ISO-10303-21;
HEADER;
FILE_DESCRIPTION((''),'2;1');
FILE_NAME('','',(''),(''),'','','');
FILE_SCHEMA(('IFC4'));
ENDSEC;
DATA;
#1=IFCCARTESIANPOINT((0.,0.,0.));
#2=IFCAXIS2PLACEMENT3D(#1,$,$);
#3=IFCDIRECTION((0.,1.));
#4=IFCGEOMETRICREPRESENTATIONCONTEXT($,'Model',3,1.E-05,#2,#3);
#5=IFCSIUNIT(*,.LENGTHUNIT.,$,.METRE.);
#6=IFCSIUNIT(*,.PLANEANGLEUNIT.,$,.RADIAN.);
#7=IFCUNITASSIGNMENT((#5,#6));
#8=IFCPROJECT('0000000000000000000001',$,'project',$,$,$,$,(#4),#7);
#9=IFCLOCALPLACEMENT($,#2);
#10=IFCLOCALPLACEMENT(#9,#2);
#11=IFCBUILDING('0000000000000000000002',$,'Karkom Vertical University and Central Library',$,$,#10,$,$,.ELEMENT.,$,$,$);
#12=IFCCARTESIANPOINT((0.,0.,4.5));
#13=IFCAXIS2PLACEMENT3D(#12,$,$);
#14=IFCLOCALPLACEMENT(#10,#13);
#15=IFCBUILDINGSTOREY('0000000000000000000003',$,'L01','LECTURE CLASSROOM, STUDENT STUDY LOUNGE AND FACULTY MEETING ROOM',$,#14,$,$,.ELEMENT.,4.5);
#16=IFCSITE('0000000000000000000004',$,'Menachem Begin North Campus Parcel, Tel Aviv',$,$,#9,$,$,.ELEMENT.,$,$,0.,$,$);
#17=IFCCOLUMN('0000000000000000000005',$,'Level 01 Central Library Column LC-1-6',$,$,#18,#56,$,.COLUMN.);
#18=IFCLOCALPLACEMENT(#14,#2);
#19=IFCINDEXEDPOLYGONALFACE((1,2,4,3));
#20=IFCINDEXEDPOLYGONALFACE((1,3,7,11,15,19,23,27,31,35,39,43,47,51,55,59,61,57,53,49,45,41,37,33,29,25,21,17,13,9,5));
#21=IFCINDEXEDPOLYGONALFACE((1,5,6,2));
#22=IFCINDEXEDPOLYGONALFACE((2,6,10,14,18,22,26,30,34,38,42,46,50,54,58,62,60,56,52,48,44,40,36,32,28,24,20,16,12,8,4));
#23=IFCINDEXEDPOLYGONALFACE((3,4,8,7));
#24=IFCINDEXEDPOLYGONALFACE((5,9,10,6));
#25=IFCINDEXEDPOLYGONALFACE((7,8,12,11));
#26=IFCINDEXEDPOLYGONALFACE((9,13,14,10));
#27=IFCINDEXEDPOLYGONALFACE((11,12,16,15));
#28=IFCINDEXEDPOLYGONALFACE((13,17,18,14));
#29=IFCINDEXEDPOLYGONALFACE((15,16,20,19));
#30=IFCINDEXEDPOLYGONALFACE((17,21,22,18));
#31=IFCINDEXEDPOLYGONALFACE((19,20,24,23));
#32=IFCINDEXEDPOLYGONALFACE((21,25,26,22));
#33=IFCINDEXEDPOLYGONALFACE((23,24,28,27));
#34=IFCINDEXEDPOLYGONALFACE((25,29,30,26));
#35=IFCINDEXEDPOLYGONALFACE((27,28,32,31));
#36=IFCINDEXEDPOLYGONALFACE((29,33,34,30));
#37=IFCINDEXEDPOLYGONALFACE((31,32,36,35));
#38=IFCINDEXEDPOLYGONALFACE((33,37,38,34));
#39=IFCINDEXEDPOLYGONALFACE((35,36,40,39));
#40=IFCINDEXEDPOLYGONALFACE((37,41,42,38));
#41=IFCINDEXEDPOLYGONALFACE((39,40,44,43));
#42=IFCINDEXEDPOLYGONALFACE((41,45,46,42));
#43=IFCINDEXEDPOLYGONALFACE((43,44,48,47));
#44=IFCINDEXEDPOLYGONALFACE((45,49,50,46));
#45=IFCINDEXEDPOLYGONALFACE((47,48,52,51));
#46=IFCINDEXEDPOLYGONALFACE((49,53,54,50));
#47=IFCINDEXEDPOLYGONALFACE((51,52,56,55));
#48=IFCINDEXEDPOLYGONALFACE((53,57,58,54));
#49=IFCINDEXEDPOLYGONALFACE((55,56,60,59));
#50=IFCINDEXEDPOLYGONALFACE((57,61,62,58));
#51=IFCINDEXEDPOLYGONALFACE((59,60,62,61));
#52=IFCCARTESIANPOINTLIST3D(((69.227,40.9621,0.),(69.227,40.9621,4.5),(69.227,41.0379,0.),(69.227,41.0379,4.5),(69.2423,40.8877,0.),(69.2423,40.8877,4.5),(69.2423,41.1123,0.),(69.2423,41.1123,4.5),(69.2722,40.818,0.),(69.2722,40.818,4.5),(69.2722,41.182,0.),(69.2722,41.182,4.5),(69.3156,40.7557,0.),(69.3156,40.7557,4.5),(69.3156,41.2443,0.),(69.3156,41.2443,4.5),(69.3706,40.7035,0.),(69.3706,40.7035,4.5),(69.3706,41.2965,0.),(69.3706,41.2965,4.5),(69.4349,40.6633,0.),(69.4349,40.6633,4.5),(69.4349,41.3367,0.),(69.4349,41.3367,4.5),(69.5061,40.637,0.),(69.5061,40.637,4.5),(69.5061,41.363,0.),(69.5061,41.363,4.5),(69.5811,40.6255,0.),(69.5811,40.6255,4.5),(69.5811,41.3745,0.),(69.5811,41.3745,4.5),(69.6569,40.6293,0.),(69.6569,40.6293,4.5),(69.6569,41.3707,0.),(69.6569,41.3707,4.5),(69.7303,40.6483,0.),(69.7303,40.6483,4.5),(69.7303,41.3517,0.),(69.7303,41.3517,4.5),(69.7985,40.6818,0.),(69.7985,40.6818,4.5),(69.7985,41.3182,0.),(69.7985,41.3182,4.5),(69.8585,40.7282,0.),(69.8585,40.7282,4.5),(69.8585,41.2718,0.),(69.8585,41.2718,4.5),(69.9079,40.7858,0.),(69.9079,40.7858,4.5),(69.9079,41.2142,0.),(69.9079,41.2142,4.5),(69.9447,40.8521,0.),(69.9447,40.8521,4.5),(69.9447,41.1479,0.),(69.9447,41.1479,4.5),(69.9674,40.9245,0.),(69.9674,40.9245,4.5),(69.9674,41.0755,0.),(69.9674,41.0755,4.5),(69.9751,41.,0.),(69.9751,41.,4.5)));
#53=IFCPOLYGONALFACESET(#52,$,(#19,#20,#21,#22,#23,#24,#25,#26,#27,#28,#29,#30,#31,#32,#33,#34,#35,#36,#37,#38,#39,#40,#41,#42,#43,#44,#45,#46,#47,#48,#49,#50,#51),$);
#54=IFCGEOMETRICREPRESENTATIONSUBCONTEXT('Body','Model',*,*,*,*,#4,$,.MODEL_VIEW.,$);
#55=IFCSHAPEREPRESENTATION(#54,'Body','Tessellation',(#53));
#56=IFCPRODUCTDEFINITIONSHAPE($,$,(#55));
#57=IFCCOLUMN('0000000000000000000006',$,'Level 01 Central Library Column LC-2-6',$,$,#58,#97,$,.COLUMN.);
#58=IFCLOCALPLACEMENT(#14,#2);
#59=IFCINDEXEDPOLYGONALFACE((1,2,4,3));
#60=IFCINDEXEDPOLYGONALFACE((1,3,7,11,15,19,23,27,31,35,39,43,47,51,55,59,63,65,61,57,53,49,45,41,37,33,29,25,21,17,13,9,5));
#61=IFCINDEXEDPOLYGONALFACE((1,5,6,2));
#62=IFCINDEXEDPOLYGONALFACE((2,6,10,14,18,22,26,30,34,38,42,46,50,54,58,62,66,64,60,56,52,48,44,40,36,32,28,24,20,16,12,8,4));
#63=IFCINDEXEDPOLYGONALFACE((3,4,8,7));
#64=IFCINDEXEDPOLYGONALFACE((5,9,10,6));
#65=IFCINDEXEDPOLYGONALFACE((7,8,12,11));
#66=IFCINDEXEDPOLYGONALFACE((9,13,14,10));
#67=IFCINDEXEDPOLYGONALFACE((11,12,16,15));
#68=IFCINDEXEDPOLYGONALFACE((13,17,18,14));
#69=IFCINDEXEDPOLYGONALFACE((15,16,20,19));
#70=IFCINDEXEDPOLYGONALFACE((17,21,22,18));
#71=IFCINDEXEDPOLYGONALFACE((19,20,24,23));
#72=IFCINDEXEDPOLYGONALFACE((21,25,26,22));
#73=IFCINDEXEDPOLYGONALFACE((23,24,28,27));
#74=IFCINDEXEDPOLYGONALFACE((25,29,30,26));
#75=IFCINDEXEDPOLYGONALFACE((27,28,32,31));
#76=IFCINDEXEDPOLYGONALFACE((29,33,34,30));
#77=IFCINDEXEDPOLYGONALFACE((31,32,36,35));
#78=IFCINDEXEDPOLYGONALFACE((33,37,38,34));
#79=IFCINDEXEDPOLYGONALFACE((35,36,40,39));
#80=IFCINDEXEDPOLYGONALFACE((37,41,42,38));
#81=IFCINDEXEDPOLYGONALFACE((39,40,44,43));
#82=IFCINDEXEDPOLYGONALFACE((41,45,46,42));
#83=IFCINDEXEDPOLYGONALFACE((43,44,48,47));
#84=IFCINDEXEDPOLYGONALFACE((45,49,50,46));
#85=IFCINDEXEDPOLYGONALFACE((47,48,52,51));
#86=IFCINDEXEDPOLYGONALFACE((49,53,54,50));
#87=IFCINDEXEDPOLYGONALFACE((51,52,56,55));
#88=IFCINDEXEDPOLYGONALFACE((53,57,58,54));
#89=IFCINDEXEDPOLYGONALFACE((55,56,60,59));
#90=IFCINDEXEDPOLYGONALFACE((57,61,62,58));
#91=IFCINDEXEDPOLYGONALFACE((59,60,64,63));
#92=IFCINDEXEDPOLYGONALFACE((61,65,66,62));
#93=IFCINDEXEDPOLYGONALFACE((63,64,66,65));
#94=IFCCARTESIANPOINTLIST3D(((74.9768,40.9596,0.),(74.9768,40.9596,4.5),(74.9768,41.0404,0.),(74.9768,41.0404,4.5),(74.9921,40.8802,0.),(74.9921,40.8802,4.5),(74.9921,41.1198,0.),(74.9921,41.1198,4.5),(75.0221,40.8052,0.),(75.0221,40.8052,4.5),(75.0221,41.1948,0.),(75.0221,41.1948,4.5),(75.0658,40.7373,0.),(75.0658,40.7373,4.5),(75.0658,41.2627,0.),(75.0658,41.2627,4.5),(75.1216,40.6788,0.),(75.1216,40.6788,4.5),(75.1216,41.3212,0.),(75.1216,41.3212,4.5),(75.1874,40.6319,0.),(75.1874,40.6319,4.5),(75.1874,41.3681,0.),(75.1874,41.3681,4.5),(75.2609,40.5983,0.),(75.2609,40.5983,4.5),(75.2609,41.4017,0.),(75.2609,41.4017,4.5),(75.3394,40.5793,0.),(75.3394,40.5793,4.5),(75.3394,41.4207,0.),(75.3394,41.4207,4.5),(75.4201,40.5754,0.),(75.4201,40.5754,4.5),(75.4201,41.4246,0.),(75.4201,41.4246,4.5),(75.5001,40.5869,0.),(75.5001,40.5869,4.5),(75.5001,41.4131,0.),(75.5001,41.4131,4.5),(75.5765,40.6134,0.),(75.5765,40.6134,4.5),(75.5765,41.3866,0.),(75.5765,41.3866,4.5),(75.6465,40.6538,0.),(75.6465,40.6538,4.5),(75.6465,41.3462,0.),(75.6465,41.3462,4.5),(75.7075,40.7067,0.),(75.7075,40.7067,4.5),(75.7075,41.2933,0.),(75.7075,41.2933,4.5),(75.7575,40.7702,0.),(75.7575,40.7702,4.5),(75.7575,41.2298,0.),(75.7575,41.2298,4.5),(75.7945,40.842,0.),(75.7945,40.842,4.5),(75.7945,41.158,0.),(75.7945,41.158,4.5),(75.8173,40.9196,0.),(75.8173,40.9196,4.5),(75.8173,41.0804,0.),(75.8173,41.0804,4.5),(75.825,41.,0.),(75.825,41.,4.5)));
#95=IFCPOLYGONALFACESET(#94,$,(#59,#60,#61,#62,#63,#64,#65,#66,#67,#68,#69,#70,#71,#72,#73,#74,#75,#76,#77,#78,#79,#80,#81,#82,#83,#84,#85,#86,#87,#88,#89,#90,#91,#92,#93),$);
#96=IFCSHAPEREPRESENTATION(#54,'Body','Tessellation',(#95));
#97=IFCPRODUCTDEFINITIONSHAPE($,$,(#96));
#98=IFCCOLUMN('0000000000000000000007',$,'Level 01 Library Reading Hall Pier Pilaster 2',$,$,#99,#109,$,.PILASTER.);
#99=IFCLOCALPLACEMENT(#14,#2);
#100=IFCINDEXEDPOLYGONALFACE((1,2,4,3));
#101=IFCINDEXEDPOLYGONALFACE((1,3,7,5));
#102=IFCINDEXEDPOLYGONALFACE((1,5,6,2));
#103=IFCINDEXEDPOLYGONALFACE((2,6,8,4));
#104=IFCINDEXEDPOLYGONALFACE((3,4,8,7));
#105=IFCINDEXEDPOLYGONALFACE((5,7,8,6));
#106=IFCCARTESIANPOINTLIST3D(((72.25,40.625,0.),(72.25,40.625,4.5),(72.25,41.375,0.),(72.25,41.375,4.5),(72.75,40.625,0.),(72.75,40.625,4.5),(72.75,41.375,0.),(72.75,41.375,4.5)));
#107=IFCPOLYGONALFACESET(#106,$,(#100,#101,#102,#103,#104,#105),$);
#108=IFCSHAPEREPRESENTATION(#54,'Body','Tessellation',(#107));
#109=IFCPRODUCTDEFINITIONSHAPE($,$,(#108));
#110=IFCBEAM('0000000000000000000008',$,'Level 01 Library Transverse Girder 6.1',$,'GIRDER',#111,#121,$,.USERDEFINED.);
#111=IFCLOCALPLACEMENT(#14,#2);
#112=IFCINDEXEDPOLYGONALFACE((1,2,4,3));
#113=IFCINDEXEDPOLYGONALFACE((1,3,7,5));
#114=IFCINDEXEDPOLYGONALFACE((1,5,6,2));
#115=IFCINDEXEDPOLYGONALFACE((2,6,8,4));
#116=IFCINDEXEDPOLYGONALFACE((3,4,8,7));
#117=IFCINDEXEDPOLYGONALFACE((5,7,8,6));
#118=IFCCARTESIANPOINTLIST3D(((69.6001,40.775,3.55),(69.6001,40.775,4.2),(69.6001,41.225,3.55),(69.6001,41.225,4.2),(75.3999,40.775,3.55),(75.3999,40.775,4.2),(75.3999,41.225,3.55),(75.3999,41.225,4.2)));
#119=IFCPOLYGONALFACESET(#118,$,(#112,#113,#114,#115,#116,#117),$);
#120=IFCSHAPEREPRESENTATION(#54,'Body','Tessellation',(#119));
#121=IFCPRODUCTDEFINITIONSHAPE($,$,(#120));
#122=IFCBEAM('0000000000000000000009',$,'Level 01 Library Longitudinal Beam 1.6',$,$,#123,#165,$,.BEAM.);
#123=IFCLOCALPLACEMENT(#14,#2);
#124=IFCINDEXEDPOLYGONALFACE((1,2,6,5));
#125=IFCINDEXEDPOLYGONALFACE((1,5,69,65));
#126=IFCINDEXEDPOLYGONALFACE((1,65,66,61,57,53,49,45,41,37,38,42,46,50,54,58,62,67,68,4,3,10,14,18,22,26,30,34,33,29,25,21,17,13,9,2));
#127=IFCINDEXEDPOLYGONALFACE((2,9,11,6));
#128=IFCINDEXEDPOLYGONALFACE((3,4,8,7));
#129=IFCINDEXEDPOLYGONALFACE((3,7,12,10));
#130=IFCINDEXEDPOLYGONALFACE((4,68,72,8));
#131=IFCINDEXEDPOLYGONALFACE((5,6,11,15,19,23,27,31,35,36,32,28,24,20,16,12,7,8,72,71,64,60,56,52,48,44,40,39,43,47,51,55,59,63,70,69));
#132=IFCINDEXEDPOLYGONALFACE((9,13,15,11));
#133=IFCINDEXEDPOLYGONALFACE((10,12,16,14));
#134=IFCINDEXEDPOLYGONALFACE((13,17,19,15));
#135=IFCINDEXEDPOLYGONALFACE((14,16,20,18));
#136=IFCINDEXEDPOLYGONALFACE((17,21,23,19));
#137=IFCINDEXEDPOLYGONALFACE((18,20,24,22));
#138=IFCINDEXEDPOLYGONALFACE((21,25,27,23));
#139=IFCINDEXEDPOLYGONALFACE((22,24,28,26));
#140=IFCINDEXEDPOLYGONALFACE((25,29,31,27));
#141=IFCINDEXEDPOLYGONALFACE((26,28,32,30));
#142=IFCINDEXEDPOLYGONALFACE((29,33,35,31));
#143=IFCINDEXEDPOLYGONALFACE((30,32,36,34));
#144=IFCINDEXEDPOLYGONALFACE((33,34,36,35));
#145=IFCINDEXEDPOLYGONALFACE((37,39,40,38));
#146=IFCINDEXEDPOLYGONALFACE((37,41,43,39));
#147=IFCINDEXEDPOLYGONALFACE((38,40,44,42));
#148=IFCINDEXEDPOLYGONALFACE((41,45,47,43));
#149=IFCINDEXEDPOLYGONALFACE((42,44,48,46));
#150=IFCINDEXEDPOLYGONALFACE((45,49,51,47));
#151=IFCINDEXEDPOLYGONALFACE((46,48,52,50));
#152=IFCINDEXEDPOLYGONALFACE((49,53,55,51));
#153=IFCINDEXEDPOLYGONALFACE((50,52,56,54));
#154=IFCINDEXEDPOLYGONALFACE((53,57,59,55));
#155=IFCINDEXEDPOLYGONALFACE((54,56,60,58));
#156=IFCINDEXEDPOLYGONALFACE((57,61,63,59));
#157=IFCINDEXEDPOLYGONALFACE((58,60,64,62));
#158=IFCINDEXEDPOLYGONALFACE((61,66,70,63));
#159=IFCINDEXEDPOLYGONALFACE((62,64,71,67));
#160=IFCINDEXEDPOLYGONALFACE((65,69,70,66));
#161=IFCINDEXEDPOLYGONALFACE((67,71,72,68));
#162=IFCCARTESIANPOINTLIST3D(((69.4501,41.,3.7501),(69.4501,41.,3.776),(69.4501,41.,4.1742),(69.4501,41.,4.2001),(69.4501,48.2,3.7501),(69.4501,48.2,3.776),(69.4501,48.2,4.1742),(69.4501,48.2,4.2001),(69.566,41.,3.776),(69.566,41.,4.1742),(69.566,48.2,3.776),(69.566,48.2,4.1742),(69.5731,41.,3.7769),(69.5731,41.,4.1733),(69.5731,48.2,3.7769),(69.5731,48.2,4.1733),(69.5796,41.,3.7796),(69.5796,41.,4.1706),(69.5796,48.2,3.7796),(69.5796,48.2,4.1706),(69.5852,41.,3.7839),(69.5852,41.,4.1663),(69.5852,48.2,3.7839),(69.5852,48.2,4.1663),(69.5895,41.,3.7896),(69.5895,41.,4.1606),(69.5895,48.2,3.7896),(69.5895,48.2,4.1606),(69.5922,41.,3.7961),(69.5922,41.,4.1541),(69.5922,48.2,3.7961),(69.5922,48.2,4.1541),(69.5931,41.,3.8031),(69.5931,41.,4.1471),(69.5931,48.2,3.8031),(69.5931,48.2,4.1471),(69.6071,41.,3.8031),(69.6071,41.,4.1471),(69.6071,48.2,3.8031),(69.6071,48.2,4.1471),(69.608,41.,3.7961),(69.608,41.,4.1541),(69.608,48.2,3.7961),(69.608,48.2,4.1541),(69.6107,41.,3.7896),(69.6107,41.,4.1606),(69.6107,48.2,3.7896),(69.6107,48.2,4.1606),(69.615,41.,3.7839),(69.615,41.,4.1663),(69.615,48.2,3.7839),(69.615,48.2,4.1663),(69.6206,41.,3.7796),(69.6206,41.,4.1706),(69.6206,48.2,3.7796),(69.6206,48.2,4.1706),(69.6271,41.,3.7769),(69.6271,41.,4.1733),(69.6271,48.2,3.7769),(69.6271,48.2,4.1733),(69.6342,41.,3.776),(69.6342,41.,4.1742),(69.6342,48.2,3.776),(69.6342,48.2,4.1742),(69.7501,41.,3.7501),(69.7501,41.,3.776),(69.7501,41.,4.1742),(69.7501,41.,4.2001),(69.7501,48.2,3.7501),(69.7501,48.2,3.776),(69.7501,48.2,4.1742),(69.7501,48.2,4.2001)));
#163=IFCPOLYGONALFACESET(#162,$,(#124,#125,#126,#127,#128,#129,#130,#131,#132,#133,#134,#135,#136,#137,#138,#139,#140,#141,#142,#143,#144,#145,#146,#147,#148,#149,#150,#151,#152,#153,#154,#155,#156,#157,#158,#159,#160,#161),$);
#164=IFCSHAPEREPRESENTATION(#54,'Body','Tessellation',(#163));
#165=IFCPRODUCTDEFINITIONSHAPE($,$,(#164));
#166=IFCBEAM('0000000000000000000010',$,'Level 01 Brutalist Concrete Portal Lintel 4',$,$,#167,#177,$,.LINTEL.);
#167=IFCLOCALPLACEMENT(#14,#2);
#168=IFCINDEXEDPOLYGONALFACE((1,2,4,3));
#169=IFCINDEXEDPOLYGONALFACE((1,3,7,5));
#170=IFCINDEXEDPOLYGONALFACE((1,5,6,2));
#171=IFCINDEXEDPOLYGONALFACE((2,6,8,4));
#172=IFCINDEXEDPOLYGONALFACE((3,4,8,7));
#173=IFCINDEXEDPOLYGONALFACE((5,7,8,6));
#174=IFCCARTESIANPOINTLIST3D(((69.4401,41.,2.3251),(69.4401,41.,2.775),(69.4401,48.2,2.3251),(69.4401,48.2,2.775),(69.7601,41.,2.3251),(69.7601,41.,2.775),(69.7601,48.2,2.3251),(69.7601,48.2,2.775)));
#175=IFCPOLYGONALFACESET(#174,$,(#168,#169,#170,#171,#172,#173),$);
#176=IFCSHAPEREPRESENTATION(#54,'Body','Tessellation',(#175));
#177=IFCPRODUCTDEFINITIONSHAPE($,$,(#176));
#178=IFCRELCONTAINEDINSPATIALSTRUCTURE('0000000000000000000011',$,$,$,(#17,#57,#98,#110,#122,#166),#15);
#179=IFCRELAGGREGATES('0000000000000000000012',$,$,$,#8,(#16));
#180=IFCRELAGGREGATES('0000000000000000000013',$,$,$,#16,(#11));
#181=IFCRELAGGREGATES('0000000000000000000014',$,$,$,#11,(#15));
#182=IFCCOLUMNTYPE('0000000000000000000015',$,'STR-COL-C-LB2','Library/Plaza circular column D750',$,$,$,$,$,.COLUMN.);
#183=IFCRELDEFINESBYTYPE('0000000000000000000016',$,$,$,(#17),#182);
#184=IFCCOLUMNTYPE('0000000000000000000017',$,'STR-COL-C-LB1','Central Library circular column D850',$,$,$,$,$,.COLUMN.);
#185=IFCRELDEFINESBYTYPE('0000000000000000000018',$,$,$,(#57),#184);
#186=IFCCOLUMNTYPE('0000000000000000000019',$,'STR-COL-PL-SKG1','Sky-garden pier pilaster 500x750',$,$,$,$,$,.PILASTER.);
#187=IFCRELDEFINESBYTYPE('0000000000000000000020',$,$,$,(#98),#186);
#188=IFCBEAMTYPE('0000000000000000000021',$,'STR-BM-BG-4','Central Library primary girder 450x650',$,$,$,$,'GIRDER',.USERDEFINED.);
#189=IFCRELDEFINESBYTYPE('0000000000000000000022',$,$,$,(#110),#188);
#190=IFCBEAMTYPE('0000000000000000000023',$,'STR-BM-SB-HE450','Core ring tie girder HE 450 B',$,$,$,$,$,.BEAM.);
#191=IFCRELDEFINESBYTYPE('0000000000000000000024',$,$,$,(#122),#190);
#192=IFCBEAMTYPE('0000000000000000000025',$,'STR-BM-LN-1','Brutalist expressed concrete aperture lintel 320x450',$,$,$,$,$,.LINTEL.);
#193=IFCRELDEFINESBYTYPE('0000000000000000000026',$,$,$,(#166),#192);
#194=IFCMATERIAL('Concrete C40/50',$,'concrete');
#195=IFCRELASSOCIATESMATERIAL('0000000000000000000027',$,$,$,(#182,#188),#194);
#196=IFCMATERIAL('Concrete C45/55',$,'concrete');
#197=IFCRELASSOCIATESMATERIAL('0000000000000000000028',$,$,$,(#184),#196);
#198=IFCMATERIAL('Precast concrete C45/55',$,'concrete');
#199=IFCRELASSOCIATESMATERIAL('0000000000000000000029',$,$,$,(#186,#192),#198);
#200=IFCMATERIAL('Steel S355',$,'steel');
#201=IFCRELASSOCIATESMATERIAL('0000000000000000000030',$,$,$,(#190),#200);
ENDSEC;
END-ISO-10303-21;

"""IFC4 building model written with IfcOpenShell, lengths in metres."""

from ifc_helpers import new_model, si_unit, direction, frame, origin, origin_with_axes, origin_2d, place, context, subcontext, project, spatial, rectangle, circle, i_section, extrude, source, transform, mapped, material, material_profile, profile_set, type_object, element, save


model = new_model("IFC4")

# Units and contexts
model_context = context("Model", 3, precision=1e-05, world=origin(), true_north=direction((0.0, 1.0)))
body_context = subcontext(model_context, "Body", "Model", "MODEL_VIEW")
ifc_project = project(units=[si_unit("LENGTHUNIT", "METRE"), si_unit("PLANEANGLEUNIT", "RADIAN")], contexts=[model_context])

# Site, building, storey
site_placement = place(None, origin())
site = spatial("IfcSite", under=ifc_project, at=site_placement, Name="Menachem Begin North Campus Parcel, Tel Aviv", CompositionType="ELEMENT", RefElevation=0.0)
building_placement = place(site_placement, origin())
building = spatial("IfcBuilding", under=site, at=building_placement, Name="Karkom Vertical University and Central Library", CompositionType="ELEMENT")
storey_placement = place(building_placement, frame((0.0, 0.0, 4.5)))
storey = spatial("IfcBuildingStorey", under=building, at=storey_placement, Name="L01", Description="LECTURE CLASSROOM, STUDENT STUDY LOUNGE AND FACULTY MEETING ROOM", CompositionType="ELEMENT", Elevation=4.5)

# Columns
ifc_material_1 = material(Name="Concrete C40/50", Category="concrete")
ifc_material_profile_1 = material_profile(ifc_material_1, circle(Radius=0.375, at=origin_2d()), Name="RC-D750")
ifc_profile_set_1 = profile_set([ifc_material_profile_1], Name="Concrete C40/50")
column_type_1 = type_object("IfcColumnType", Name="STR-COL-C-LB2", Description="Library/Plaza circular column D750", PredefinedType="COLUMN", material=ifc_profile_set_1)
shared_shape_1 = source(origin_with_axes(), body_context, "Body", "SweptSolid", [
    extrude(circle(Radius=0.375, at=origin_2d()), origin(), (0.0, 0.0, 1.0), 4.5),
])
column_1_placement = place(storey_placement, frame((69.6001, 41.0, 0.0), z_axis=(0.0, 0.0, 1.0), x_axis=(1.0, 0.0, 0.0)))
element("IfcColumn", 1, at=column_1_placement, inside=storey, type_object=column_type_1, Name="Level 01 Central Library Column LC-1-6", PredefinedType="COLUMN", context=body_context, shape_type="MappedRepresentation", body=[
    mapped(shared_shape_1, transform((0.0, 0.0, 0.0), scale=1.0)),
])
ifc_material_2 = material(Name="Concrete C45/55", Category="concrete")
ifc_material_profile_2 = material_profile(ifc_material_2, circle(Radius=0.425, at=origin_2d()), Name="RC-D850")
ifc_profile_set_2 = profile_set([ifc_material_profile_2], Name="Concrete C45/55")
column_type_2 = type_object("IfcColumnType", Name="STR-COL-C-LB1", Description="Central Library circular column D850", PredefinedType="COLUMN", material=ifc_profile_set_2)
shared_shape_2 = source(origin_with_axes(), body_context, "Body", "SweptSolid", [
    extrude(circle(Radius=0.425, at=origin_2d()), origin(), (0.0, 0.0, 1.0), 4.5),
])
column_2_placement = place(storey_placement, frame((75.3999, 41.0, 0.0), z_axis=(0.0, 0.0, 1.0), x_axis=(1.0, 0.0, 0.0)))
element("IfcColumn", 2, at=column_2_placement, inside=storey, type_object=column_type_2, Name="Level 01 Central Library Column LC-2-6", PredefinedType="COLUMN", context=body_context, shape_type="MappedRepresentation", body=[
    mapped(shared_shape_2, transform((0.0, 0.0, 0.0), scale=1.0)),
])
ifc_material_3 = material(Name="Precast concrete C45/55", Category="concrete")
ifc_material_profile_3 = material_profile(ifc_material_3, rectangle(XDim=0.5, YDim=0.75, at=origin_2d()), Name="PIL-500x750")
ifc_profile_set_3 = profile_set([ifc_material_profile_3], Name="Precast concrete C45/55")
column_type_3 = type_object("IfcColumnType", Name="STR-COL-PL-SKG1", Description="Sky-garden pier pilaster 500x750", PredefinedType="PILASTER", material=ifc_profile_set_3)
shared_shape_3 = source(origin_with_axes(), body_context, "Body", "SweptSolid", [
    extrude(rectangle(XDim=0.5, YDim=0.75, at=origin_2d()), origin(), (0.0, 0.0, 1.0), 4.5),
])
column_3_placement = place(storey_placement, frame((72.5, 41.0, 0.0), z_axis=(0.0, 0.0, 1.0), x_axis=(1.0, 0.0, 0.0)))
element("IfcColumn", 3, at=column_3_placement, inside=storey, type_object=column_type_3, Name="Level 01 Library Reading Hall Pier Pilaster 2", PredefinedType="PILASTER", context=body_context, shape_type="MappedRepresentation", body=[
    mapped(shared_shape_3, transform((0.0, 0.0, 0.0), scale=1.0)),
])

# Beams
ifc_material_profile_4 = material_profile(ifc_material_1, rectangle(XDim=0.45, YDim=0.6499, at=origin_2d()), Name="RCB-450x650")
ifc_profile_set_4 = profile_set([ifc_material_profile_4], Name="Concrete C40/50")
beam_type_1 = type_object("IfcBeamType", Name="STR-BM-BG-4", Description="Central Library primary girder 450x650", ElementType="GIRDER", PredefinedType="USERDEFINED", material=ifc_profile_set_4)
shared_shape_4 = source(origin_with_axes(), body_context, "Body", "SweptSolid", [
    extrude(rectangle(XDim=0.45, YDim=0.6499, at=origin_2d()), origin(), (0.0, 0.0, 1.0), 5.7998),
])
beam_1_placement = place(storey_placement, frame((69.6001, 41.0, 3.875), z_axis=(1.0, 0.0, 0.0), x_axis=(0.0, 1.0, 0.0)))
element("IfcBeam", 4, at=beam_1_placement, inside=storey, type_object=beam_type_1, Name="Level 01 Library Transverse Girder 6.1", ObjectType="GIRDER", PredefinedType="USERDEFINED", context=body_context, shape_type="MappedRepresentation", body=[
    mapped(shared_shape_4, transform((0.0, 0.0, 0.0), scale=1.0)),
])
ifc_material_4 = material(Name="Steel S355", Category="steel")
ifc_material_profile_5 = material_profile(ifc_material_4, i_section(OverallWidth=0.3, OverallDepth=0.45, WebThickness=0.0139, FlangeThickness=0.0259, FilletRadius=0.0271, at=origin_2d()), Name="HE 450 B")
ifc_profile_set_5 = profile_set([ifc_material_profile_5], Name="Steel S355")
beam_type_2 = type_object("IfcBeamType", Name="STR-BM-SB-HE450", Description="Core ring tie girder HE 450 B", PredefinedType="BEAM", material=ifc_profile_set_5)
shared_shape_5 = source(origin_with_axes(), body_context, "Body", "SweptSolid", [
    extrude(i_section(OverallWidth=0.3, OverallDepth=0.45, WebThickness=0.0139, FlangeThickness=0.0259, FilletRadius=0.0271, at=origin_2d()), origin(), (0.0, 0.0, 1.0), 7.2),
])
beam_2_placement = place(storey_placement, frame((69.6001, 41.0, 3.9751), z_axis=(0.0, 1.0, 0.0), x_axis=(-1.0, 0.0, 0.0)))
element("IfcBeam", 5, at=beam_2_placement, inside=storey, type_object=beam_type_2, Name="Level 01 Library Longitudinal Beam 1.6", PredefinedType="BEAM", context=body_context, shape_type="MappedRepresentation", body=[
    mapped(shared_shape_5, transform((0.0, 0.0, 0.0), scale=1.0)),
])
ifc_material_profile_6 = material_profile(ifc_material_3, rectangle(XDim=0.3201, YDim=0.45, at=origin_2d()), Name="RCL-320x450")
ifc_profile_set_6 = profile_set([ifc_material_profile_6], Name="Precast concrete C45/55")
beam_type_3 = type_object("IfcBeamType", Name="STR-BM-LN-1", Description="Brutalist expressed concrete aperture lintel 320x450", PredefinedType="LINTEL", material=ifc_profile_set_6)
shared_shape_6 = source(origin_with_axes(), body_context, "Body", "SweptSolid", [
    extrude(rectangle(XDim=0.3201, YDim=0.45, at=origin_2d()), origin(), (0.0, 0.0, 1.0), 7.2),
])
beam_3_placement = place(storey_placement, frame((69.6001, 41.0, 2.55), z_axis=(0.0, 1.0, 0.0), x_axis=(-1.0, 0.0, 0.0)))
element("IfcBeam", 6, at=beam_3_placement, inside=storey, type_object=beam_type_3, Name="Level 01 Brutalist Concrete Portal Lintel 4", PredefinedType="LINTEL", context=body_context, shape_type="MappedRepresentation", body=[
    mapped(shared_shape_6, transform((0.0, 0.0, 0.0), scale=1.0)),
])

save(model, "model.ifc")
